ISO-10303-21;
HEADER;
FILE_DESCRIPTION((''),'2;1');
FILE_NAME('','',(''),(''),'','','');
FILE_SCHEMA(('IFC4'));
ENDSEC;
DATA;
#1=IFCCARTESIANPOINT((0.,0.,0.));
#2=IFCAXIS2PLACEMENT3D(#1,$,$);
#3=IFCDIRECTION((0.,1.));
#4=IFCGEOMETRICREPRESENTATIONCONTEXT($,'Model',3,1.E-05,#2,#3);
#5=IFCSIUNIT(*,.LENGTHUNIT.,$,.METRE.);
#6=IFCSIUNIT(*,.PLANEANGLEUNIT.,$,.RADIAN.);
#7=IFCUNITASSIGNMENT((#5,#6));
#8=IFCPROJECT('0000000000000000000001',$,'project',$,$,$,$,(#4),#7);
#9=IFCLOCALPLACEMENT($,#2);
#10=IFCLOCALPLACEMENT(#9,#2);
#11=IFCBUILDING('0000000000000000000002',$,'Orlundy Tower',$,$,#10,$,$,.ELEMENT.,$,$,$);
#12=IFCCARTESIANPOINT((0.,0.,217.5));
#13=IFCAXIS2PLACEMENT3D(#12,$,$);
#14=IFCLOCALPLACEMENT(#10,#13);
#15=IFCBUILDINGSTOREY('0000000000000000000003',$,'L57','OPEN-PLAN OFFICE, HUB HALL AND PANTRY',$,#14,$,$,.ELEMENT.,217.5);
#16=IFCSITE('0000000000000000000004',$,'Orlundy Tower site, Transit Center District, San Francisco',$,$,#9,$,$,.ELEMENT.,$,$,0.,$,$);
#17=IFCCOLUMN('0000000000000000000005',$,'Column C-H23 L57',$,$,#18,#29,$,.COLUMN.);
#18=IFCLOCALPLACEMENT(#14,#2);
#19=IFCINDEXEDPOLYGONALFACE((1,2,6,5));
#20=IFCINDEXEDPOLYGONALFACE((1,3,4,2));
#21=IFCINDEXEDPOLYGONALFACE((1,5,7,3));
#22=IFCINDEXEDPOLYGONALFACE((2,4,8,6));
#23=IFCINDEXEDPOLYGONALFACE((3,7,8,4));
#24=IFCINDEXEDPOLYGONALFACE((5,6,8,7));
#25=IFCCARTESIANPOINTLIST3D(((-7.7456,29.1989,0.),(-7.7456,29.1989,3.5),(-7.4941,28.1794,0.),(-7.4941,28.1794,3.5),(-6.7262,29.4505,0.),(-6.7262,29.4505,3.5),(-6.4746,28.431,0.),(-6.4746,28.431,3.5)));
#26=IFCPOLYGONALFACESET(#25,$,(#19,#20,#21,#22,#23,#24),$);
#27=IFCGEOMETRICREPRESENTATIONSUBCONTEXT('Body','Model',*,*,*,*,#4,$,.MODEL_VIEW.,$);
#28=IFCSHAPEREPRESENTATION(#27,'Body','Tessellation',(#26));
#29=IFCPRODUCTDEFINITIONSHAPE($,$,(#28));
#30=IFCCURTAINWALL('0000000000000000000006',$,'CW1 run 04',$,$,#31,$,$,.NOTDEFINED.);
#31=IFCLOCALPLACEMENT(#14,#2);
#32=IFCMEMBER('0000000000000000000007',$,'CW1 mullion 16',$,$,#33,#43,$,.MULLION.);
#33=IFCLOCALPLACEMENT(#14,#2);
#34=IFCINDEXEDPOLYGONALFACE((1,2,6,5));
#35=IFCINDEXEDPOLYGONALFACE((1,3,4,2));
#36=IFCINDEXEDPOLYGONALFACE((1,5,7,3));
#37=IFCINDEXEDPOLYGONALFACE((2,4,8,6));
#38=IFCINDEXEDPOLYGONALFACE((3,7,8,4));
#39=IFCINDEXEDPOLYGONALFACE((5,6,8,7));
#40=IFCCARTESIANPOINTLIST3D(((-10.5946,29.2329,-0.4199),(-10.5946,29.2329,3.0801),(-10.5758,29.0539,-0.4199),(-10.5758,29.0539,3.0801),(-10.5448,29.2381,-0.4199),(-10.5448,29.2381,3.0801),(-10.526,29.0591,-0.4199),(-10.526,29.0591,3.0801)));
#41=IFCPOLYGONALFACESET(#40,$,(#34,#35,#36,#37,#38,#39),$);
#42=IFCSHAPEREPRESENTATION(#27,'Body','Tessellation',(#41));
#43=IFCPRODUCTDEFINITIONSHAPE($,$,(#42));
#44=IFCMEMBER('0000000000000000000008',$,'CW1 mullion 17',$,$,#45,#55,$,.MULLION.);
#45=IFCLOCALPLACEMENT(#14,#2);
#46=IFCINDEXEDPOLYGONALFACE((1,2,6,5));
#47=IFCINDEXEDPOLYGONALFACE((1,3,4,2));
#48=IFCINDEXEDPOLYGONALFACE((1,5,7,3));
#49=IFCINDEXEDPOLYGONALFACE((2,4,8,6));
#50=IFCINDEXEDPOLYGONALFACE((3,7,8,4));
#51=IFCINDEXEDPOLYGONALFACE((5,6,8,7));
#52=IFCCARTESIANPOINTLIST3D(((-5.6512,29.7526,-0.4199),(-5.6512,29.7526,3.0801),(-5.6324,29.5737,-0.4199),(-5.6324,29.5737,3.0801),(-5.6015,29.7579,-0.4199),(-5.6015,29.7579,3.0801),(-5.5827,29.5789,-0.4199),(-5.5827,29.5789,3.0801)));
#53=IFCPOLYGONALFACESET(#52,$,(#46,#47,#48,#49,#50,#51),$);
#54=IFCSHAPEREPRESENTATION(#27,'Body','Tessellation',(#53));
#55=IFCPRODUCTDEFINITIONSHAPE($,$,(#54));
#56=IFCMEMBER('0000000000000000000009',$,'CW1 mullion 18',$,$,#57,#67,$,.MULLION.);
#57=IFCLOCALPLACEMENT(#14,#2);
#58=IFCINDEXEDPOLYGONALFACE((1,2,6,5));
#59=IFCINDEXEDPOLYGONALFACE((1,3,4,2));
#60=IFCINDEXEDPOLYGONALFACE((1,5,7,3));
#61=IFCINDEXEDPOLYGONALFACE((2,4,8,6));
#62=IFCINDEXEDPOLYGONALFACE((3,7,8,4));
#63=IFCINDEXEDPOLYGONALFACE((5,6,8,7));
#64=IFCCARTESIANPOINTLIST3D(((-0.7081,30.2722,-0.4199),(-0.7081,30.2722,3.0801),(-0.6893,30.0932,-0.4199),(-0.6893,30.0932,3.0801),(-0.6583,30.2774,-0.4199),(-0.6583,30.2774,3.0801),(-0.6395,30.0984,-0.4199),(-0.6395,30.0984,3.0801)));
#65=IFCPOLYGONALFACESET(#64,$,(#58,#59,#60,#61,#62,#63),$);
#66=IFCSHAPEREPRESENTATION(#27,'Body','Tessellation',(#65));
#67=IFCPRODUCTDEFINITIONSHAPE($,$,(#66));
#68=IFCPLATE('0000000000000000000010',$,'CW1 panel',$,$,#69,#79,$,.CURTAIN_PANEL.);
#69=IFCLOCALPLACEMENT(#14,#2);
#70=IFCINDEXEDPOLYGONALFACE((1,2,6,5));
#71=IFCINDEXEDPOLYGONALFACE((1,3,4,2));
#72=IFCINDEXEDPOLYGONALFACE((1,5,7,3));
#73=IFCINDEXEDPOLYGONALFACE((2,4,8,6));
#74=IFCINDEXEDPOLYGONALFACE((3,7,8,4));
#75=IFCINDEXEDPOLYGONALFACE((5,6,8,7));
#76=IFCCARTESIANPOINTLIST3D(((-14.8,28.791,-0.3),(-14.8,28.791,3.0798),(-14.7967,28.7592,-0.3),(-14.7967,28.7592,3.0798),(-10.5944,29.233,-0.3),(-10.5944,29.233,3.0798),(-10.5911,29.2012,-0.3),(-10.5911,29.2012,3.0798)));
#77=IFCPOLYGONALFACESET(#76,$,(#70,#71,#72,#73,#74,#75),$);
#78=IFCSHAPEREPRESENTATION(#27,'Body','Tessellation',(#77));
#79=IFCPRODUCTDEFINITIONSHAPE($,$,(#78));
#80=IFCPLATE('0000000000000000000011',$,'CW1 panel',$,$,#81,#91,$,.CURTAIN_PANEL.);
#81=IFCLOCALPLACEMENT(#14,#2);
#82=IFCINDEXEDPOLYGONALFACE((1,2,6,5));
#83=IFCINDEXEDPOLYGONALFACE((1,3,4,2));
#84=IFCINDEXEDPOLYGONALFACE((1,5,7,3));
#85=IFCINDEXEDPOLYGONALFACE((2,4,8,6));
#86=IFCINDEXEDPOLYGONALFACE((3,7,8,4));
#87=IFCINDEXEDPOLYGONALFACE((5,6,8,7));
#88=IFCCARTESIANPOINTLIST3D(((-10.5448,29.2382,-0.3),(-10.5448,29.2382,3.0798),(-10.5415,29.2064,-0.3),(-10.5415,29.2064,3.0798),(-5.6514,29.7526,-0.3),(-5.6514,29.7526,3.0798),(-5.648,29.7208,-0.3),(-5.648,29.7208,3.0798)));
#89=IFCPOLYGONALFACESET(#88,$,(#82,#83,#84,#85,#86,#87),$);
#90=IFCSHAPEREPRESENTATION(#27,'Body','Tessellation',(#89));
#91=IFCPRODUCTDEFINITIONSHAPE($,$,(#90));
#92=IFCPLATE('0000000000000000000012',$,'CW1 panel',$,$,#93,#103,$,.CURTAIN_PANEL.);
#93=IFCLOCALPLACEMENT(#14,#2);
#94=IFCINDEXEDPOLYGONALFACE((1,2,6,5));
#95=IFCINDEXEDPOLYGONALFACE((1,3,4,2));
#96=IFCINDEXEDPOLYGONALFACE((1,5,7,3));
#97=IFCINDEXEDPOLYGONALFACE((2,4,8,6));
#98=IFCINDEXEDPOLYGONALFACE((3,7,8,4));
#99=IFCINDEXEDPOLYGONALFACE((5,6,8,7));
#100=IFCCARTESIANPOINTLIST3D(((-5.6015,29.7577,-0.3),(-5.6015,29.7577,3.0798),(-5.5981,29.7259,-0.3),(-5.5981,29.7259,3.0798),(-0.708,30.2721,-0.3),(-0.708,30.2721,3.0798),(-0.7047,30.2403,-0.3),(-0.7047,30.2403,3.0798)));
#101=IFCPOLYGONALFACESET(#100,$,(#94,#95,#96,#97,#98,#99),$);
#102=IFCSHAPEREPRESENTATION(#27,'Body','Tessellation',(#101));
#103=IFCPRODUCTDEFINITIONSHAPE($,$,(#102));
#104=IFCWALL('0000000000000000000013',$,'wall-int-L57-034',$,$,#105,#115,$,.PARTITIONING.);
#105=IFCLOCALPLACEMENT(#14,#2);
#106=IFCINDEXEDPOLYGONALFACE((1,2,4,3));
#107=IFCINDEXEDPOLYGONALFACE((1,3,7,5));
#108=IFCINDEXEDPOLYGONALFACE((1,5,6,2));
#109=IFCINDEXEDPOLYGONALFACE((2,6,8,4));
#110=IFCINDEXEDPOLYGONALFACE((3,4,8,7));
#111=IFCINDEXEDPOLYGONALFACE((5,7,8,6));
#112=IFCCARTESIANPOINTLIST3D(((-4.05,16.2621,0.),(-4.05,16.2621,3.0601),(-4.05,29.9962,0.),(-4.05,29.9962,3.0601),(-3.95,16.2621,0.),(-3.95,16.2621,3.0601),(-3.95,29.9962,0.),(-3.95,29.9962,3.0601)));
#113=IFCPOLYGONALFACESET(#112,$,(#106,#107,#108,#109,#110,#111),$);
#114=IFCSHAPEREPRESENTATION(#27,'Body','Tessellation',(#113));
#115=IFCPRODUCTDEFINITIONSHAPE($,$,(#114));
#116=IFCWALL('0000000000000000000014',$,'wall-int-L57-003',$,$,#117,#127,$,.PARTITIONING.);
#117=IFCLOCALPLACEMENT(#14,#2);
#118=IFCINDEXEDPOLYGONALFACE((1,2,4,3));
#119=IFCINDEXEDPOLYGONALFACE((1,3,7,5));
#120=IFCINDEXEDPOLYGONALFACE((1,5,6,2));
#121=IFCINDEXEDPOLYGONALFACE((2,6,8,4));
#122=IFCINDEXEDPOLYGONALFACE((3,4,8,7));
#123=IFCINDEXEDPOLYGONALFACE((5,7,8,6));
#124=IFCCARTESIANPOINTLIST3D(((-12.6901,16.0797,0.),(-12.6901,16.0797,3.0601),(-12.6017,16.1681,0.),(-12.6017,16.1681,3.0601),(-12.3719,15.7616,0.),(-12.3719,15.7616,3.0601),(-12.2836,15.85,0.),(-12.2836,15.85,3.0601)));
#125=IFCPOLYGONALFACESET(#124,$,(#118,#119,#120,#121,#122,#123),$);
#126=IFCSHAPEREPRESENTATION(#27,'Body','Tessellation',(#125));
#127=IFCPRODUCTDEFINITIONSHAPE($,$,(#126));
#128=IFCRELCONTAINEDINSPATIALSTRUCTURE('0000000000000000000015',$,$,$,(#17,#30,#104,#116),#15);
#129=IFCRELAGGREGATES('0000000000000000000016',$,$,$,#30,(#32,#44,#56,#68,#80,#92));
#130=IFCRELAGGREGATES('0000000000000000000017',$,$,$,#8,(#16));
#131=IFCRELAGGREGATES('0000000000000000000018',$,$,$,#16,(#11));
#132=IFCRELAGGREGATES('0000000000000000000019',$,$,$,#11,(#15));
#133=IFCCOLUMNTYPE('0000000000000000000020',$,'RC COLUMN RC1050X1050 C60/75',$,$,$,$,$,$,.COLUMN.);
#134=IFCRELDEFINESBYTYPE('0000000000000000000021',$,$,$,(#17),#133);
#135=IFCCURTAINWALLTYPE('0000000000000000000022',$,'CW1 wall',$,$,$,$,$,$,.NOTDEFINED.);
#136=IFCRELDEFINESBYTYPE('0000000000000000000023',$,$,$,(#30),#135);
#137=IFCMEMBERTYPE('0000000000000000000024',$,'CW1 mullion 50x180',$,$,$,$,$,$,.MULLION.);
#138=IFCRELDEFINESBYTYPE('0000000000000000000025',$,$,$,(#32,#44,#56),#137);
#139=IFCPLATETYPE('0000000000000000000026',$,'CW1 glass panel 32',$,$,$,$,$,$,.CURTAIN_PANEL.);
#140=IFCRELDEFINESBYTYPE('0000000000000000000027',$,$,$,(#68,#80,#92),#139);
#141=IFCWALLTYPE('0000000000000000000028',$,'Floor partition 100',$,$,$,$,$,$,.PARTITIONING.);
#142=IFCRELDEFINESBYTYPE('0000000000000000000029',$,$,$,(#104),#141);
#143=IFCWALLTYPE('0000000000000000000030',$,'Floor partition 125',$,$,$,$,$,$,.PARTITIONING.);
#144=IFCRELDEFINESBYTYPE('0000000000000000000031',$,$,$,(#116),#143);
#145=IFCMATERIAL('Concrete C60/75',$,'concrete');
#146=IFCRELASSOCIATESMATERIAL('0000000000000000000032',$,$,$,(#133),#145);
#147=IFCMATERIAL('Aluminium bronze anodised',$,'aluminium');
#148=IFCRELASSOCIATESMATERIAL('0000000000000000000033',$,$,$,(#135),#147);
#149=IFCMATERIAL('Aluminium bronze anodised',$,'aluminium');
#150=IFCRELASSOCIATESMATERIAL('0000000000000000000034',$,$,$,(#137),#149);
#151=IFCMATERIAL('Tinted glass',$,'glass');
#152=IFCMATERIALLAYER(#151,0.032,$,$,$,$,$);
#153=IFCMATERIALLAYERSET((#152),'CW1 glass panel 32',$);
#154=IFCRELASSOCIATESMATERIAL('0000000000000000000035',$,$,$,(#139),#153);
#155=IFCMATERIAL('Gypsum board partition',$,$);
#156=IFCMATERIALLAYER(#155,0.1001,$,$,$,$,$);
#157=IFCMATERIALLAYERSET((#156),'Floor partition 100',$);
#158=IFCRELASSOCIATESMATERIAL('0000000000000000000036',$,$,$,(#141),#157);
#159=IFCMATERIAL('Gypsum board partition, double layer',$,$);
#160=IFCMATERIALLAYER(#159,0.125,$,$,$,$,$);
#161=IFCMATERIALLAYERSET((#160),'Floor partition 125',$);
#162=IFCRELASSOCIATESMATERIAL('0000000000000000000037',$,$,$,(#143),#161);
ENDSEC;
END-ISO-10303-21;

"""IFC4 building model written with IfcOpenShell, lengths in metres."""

from ifc_helpers import new_model, si_unit, direction, frame, frame_2d, origin, origin_2d, place, context, subcontext, project, spatial, rectangle, extrude, material, layer, layer_set, material_profile, profile_set, type_object, element, aggregate, save


model = new_model("IFC4")

# Units and contexts
model_context = context("Model", 3, precision=1e-05, world=origin(), true_north=direction((0.0, 1.0)))
body_context = subcontext(model_context, "Body", "Model", "MODEL_VIEW")
ifc_project = project(units=[si_unit("LENGTHUNIT", "METRE"), si_unit("PLANEANGLEUNIT", "RADIAN")], contexts=[model_context])

# Site, building, storey
site_placement = place(None, origin())
site = spatial("IfcSite", under=ifc_project, at=site_placement, Name="Orlundy Tower site, Transit Center District, San Francisco", CompositionType="ELEMENT", RefElevation=0.0)
building_placement = place(site_placement, origin())
building = spatial("IfcBuilding", under=site, at=building_placement, Name="Orlundy Tower", CompositionType="ELEMENT")
storey_placement = place(building_placement, frame((0.0, 0.0, 217.5)))
storey = spatial("IfcBuildingStorey", under=building, at=storey_placement, Name="L57", Description="OPEN-PLAN OFFICE, HUB HALL AND PANTRY", CompositionType="ELEMENT", Elevation=217.5)

# Column
ifc_material_1 = material(Name="Concrete C60/75", Category="concrete")
ifc_material_profile_1 = material_profile(ifc_material_1, rectangle(XDim=1.05, YDim=1.05, at=origin_2d()), Name="RC1050X1050")
ifc_profile_set_1 = profile_set([ifc_material_profile_1], Name="Concrete C60/75")
column_type = type_object("IfcColumnType", Name="RC COLUMN RC1050X1050 C60/75", PredefinedType="COLUMN", material=ifc_profile_set_1)
column_placement = place(storey_placement, frame((-7.1101, 28.8149, 0.0), z_axis=(0.0, 0.0, 1.0), x_axis=(-0.239567, 0.97088, 0.0)))
element("IfcColumn", 1, at=column_placement, inside=storey, type_object=column_type, Name="Column C-H23 L57", PredefinedType="COLUMN", context=body_context, shape_type="SweptSolid", body=[
    extrude(rectangle(XDim=1.05, YDim=1.05, at=origin_2d()), origin(), (0.0, 0.0, 1.0), 3.5),
])

# Curtain wall, members, plates
ifc_material_2 = material(Name="Aluminium bronze anodised", Category="aluminium")
curtain_wall_type = type_object("IfcCurtainWallType", Name="CW1 wall", PredefinedType="NOTDEFINED", material=ifc_material_2)
curtain_wall_placement = place(storey_placement, origin())
curtain_wall = element("IfcCurtainWall", 2, at=curtain_wall_placement, inside=storey, type_object=curtain_wall_type, Name="CW1 run 04", PredefinedType="NOTDEFINED")
ifc_material_3 = material(Name="Aluminium bronze anodised", Category="aluminium")
ifc_material_profile_2 = material_profile(ifc_material_3, rectangle(XDim=0.1799, YDim=0.05, at=origin_2d()), Name="CW1 mullion 50x180")
ifc_profile_set_2 = profile_set([ifc_material_profile_2], Name="Aluminium bronze anodised")
member_type = type_object("IfcMemberType", Name="CW1 mullion 50x180", PredefinedType="MULLION", material=ifc_profile_set_2)
member_1_placement = place(storey_placement, frame((-10.5603, 29.146, -0.4199), z_axis=(0.0, 0.0, 1.0), x_axis=(-0.104538, 0.994521, 0.0)))
member_1 = element("IfcMember", 3, at=member_1_placement, type_object=member_type, Name="CW1 mullion 16", PredefinedType="MULLION", context=body_context, shape_type="SweptSolid", body=[
    extrude(rectangle(XDim=0.1799, YDim=0.05, at=origin_2d()), origin(), (0.0, 0.0, 1.0), 3.5),
])
member_2_placement = place(storey_placement, frame((-5.6169, 29.6658, -0.4199), z_axis=(0.0, 0.0, 1.0), x_axis=(-0.104538, 0.994521, 0.0)))
member_2 = element("IfcMember", 4, at=member_2_placement, type_object=member_type, Name="CW1 mullion 17", PredefinedType="MULLION", context=body_context, shape_type="SweptSolid", body=[
    extrude(rectangle(XDim=0.1799, YDim=0.05, at=origin_2d()), origin(), (0.0, 0.0, 1.0), 3.5),
])
member_3_placement = place(storey_placement, frame((-0.6738, 30.1853, -0.4199), z_axis=(0.0, 0.0, 1.0), x_axis=(-0.104538, 0.994521, 0.0)))
member_3 = element("IfcMember", 5, at=member_3_placement, type_object=member_type, Name="CW1 mullion 18", PredefinedType="MULLION", context=body_context, shape_type="SweptSolid", body=[
    extrude(rectangle(XDim=0.1799, YDim=0.05, at=origin_2d()), origin(), (0.0, 0.0, 1.0), 3.5),
])
ifc_material_4 = material(Name="Tinted glass", Category="glass")
ifc_layer_1 = layer(ifc_material_4, 0.032)
ifc_layer_set_1 = layer_set([ifc_layer_1], Name="CW1 glass panel 32")
plate_type = type_object("IfcPlateType", Name="CW1 glass panel 32", PredefinedType="CURTAIN_PANEL", material=ifc_layer_set_1)
plate_1_placement = place(storey_placement, frame((-12.6956, 28.9961, -0.3), z_axis=(0.0, 0.0, 1.0), x_axis=(0.994521, 0.104538, 0.0)))
plate_1 = element("IfcPlate", 6, at=plate_1_placement, type_object=plate_type, Name="CW1 panel", PredefinedType="CURTAIN_PANEL", context=body_context, shape_type="SweptSolid", body=[
    extrude(rectangle(XDim=4.2288, YDim=0.032, at=origin_2d()), origin(), (0.0, 0.0, 1.0), 3.3799),
])
plate_2_placement = place(storey_placement, frame((-8.0964, 29.4795, -0.3), z_axis=(0.0, 0.0, 1.0), x_axis=(0.994521, 0.104538, 0.0)))
plate_2 = element("IfcPlate", 7, at=plate_2_placement, type_object=plate_type, Name="CW1 panel", PredefinedType="CURTAIN_PANEL", context=body_context, shape_type="SweptSolid", body=[
    extrude(rectangle(XDim=4.9204, YDim=0.032, at=origin_2d()), origin(), (0.0, 0.0, 1.0), 3.3799),
])
plate_3_placement = place(storey_placement, frame((-3.1531, 29.999, -0.3), z_axis=(0.0, 0.0, 1.0), x_axis=(0.994521, 0.104538, 0.0)))
plate_3 = element("IfcPlate", 8, at=plate_3_placement, type_object=plate_type, Name="CW1 panel", PredefinedType="CURTAIN_PANEL", context=body_context, shape_type="SweptSolid", body=[
    extrude(rectangle(XDim=4.9204, YDim=0.032, at=origin_2d()), origin(), (0.0, 0.0, 1.0), 3.3799),
])
aggregate(curtain_wall, [member_1, member_2, member_3, plate_1, plate_2, plate_3])

# Walls
ifc_material_5 = material(Name="Gypsum board partition")
ifc_layer_2 = layer(ifc_material_5, 0.1001)
ifc_layer_set_2 = layer_set([ifc_layer_2], Name="Floor partition 100")
wall_type_1 = type_object("IfcWallType", Name="Floor partition 100", PredefinedType="PARTITIONING", material=ifc_layer_set_2)
wall_1_placement = place(storey_placement, frame((-4.0, 16.262, 0.0), z_axis=(0.0, 0.0, 1.0), x_axis=(0.0, 1.0, 0.0)))
element("IfcWall", 9, at=wall_1_placement, inside=storey, type_object=wall_type_1, Name="wall-int-L57-034", PredefinedType="PARTITIONING", context=body_context, shape_type="SweptSolid", body=[
    extrude(rectangle(XDim=13.7341, YDim=0.1001, at=frame_2d((6.8672, 0.0))), origin(), (0.0, 0.0, 1.0), 3.0601),
])
ifc_material_6 = material(Name="Gypsum board partition, double layer")
ifc_layer_3 = layer(ifc_material_6, 0.125)
ifc_layer_set_3 = layer_set([ifc_layer_3], Name="Floor partition 125")
wall_type_2 = type_object("IfcWallType", Name="Floor partition 125", PredefinedType="PARTITIONING", material=ifc_layer_set_3)
wall_2_placement = place(storey_placement, frame((-12.646, 16.124, 0.0), z_axis=(0.0, 0.0, 1.0), x_axis=(0.707107, -0.707107, 0.0)))
element("IfcWall", 10, at=wall_2_placement, inside=storey, type_object=wall_type_2, Name="wall-int-L57-003", PredefinedType="PARTITIONING", context=body_context, shape_type="SweptSolid", body=[
    extrude(rectangle(XDim=0.45, YDim=0.125, at=frame_2d((0.2251, 0.0))), origin(), (0.0, 0.0, 1.0), 3.0601),
])

save(model, "model.ifc")
